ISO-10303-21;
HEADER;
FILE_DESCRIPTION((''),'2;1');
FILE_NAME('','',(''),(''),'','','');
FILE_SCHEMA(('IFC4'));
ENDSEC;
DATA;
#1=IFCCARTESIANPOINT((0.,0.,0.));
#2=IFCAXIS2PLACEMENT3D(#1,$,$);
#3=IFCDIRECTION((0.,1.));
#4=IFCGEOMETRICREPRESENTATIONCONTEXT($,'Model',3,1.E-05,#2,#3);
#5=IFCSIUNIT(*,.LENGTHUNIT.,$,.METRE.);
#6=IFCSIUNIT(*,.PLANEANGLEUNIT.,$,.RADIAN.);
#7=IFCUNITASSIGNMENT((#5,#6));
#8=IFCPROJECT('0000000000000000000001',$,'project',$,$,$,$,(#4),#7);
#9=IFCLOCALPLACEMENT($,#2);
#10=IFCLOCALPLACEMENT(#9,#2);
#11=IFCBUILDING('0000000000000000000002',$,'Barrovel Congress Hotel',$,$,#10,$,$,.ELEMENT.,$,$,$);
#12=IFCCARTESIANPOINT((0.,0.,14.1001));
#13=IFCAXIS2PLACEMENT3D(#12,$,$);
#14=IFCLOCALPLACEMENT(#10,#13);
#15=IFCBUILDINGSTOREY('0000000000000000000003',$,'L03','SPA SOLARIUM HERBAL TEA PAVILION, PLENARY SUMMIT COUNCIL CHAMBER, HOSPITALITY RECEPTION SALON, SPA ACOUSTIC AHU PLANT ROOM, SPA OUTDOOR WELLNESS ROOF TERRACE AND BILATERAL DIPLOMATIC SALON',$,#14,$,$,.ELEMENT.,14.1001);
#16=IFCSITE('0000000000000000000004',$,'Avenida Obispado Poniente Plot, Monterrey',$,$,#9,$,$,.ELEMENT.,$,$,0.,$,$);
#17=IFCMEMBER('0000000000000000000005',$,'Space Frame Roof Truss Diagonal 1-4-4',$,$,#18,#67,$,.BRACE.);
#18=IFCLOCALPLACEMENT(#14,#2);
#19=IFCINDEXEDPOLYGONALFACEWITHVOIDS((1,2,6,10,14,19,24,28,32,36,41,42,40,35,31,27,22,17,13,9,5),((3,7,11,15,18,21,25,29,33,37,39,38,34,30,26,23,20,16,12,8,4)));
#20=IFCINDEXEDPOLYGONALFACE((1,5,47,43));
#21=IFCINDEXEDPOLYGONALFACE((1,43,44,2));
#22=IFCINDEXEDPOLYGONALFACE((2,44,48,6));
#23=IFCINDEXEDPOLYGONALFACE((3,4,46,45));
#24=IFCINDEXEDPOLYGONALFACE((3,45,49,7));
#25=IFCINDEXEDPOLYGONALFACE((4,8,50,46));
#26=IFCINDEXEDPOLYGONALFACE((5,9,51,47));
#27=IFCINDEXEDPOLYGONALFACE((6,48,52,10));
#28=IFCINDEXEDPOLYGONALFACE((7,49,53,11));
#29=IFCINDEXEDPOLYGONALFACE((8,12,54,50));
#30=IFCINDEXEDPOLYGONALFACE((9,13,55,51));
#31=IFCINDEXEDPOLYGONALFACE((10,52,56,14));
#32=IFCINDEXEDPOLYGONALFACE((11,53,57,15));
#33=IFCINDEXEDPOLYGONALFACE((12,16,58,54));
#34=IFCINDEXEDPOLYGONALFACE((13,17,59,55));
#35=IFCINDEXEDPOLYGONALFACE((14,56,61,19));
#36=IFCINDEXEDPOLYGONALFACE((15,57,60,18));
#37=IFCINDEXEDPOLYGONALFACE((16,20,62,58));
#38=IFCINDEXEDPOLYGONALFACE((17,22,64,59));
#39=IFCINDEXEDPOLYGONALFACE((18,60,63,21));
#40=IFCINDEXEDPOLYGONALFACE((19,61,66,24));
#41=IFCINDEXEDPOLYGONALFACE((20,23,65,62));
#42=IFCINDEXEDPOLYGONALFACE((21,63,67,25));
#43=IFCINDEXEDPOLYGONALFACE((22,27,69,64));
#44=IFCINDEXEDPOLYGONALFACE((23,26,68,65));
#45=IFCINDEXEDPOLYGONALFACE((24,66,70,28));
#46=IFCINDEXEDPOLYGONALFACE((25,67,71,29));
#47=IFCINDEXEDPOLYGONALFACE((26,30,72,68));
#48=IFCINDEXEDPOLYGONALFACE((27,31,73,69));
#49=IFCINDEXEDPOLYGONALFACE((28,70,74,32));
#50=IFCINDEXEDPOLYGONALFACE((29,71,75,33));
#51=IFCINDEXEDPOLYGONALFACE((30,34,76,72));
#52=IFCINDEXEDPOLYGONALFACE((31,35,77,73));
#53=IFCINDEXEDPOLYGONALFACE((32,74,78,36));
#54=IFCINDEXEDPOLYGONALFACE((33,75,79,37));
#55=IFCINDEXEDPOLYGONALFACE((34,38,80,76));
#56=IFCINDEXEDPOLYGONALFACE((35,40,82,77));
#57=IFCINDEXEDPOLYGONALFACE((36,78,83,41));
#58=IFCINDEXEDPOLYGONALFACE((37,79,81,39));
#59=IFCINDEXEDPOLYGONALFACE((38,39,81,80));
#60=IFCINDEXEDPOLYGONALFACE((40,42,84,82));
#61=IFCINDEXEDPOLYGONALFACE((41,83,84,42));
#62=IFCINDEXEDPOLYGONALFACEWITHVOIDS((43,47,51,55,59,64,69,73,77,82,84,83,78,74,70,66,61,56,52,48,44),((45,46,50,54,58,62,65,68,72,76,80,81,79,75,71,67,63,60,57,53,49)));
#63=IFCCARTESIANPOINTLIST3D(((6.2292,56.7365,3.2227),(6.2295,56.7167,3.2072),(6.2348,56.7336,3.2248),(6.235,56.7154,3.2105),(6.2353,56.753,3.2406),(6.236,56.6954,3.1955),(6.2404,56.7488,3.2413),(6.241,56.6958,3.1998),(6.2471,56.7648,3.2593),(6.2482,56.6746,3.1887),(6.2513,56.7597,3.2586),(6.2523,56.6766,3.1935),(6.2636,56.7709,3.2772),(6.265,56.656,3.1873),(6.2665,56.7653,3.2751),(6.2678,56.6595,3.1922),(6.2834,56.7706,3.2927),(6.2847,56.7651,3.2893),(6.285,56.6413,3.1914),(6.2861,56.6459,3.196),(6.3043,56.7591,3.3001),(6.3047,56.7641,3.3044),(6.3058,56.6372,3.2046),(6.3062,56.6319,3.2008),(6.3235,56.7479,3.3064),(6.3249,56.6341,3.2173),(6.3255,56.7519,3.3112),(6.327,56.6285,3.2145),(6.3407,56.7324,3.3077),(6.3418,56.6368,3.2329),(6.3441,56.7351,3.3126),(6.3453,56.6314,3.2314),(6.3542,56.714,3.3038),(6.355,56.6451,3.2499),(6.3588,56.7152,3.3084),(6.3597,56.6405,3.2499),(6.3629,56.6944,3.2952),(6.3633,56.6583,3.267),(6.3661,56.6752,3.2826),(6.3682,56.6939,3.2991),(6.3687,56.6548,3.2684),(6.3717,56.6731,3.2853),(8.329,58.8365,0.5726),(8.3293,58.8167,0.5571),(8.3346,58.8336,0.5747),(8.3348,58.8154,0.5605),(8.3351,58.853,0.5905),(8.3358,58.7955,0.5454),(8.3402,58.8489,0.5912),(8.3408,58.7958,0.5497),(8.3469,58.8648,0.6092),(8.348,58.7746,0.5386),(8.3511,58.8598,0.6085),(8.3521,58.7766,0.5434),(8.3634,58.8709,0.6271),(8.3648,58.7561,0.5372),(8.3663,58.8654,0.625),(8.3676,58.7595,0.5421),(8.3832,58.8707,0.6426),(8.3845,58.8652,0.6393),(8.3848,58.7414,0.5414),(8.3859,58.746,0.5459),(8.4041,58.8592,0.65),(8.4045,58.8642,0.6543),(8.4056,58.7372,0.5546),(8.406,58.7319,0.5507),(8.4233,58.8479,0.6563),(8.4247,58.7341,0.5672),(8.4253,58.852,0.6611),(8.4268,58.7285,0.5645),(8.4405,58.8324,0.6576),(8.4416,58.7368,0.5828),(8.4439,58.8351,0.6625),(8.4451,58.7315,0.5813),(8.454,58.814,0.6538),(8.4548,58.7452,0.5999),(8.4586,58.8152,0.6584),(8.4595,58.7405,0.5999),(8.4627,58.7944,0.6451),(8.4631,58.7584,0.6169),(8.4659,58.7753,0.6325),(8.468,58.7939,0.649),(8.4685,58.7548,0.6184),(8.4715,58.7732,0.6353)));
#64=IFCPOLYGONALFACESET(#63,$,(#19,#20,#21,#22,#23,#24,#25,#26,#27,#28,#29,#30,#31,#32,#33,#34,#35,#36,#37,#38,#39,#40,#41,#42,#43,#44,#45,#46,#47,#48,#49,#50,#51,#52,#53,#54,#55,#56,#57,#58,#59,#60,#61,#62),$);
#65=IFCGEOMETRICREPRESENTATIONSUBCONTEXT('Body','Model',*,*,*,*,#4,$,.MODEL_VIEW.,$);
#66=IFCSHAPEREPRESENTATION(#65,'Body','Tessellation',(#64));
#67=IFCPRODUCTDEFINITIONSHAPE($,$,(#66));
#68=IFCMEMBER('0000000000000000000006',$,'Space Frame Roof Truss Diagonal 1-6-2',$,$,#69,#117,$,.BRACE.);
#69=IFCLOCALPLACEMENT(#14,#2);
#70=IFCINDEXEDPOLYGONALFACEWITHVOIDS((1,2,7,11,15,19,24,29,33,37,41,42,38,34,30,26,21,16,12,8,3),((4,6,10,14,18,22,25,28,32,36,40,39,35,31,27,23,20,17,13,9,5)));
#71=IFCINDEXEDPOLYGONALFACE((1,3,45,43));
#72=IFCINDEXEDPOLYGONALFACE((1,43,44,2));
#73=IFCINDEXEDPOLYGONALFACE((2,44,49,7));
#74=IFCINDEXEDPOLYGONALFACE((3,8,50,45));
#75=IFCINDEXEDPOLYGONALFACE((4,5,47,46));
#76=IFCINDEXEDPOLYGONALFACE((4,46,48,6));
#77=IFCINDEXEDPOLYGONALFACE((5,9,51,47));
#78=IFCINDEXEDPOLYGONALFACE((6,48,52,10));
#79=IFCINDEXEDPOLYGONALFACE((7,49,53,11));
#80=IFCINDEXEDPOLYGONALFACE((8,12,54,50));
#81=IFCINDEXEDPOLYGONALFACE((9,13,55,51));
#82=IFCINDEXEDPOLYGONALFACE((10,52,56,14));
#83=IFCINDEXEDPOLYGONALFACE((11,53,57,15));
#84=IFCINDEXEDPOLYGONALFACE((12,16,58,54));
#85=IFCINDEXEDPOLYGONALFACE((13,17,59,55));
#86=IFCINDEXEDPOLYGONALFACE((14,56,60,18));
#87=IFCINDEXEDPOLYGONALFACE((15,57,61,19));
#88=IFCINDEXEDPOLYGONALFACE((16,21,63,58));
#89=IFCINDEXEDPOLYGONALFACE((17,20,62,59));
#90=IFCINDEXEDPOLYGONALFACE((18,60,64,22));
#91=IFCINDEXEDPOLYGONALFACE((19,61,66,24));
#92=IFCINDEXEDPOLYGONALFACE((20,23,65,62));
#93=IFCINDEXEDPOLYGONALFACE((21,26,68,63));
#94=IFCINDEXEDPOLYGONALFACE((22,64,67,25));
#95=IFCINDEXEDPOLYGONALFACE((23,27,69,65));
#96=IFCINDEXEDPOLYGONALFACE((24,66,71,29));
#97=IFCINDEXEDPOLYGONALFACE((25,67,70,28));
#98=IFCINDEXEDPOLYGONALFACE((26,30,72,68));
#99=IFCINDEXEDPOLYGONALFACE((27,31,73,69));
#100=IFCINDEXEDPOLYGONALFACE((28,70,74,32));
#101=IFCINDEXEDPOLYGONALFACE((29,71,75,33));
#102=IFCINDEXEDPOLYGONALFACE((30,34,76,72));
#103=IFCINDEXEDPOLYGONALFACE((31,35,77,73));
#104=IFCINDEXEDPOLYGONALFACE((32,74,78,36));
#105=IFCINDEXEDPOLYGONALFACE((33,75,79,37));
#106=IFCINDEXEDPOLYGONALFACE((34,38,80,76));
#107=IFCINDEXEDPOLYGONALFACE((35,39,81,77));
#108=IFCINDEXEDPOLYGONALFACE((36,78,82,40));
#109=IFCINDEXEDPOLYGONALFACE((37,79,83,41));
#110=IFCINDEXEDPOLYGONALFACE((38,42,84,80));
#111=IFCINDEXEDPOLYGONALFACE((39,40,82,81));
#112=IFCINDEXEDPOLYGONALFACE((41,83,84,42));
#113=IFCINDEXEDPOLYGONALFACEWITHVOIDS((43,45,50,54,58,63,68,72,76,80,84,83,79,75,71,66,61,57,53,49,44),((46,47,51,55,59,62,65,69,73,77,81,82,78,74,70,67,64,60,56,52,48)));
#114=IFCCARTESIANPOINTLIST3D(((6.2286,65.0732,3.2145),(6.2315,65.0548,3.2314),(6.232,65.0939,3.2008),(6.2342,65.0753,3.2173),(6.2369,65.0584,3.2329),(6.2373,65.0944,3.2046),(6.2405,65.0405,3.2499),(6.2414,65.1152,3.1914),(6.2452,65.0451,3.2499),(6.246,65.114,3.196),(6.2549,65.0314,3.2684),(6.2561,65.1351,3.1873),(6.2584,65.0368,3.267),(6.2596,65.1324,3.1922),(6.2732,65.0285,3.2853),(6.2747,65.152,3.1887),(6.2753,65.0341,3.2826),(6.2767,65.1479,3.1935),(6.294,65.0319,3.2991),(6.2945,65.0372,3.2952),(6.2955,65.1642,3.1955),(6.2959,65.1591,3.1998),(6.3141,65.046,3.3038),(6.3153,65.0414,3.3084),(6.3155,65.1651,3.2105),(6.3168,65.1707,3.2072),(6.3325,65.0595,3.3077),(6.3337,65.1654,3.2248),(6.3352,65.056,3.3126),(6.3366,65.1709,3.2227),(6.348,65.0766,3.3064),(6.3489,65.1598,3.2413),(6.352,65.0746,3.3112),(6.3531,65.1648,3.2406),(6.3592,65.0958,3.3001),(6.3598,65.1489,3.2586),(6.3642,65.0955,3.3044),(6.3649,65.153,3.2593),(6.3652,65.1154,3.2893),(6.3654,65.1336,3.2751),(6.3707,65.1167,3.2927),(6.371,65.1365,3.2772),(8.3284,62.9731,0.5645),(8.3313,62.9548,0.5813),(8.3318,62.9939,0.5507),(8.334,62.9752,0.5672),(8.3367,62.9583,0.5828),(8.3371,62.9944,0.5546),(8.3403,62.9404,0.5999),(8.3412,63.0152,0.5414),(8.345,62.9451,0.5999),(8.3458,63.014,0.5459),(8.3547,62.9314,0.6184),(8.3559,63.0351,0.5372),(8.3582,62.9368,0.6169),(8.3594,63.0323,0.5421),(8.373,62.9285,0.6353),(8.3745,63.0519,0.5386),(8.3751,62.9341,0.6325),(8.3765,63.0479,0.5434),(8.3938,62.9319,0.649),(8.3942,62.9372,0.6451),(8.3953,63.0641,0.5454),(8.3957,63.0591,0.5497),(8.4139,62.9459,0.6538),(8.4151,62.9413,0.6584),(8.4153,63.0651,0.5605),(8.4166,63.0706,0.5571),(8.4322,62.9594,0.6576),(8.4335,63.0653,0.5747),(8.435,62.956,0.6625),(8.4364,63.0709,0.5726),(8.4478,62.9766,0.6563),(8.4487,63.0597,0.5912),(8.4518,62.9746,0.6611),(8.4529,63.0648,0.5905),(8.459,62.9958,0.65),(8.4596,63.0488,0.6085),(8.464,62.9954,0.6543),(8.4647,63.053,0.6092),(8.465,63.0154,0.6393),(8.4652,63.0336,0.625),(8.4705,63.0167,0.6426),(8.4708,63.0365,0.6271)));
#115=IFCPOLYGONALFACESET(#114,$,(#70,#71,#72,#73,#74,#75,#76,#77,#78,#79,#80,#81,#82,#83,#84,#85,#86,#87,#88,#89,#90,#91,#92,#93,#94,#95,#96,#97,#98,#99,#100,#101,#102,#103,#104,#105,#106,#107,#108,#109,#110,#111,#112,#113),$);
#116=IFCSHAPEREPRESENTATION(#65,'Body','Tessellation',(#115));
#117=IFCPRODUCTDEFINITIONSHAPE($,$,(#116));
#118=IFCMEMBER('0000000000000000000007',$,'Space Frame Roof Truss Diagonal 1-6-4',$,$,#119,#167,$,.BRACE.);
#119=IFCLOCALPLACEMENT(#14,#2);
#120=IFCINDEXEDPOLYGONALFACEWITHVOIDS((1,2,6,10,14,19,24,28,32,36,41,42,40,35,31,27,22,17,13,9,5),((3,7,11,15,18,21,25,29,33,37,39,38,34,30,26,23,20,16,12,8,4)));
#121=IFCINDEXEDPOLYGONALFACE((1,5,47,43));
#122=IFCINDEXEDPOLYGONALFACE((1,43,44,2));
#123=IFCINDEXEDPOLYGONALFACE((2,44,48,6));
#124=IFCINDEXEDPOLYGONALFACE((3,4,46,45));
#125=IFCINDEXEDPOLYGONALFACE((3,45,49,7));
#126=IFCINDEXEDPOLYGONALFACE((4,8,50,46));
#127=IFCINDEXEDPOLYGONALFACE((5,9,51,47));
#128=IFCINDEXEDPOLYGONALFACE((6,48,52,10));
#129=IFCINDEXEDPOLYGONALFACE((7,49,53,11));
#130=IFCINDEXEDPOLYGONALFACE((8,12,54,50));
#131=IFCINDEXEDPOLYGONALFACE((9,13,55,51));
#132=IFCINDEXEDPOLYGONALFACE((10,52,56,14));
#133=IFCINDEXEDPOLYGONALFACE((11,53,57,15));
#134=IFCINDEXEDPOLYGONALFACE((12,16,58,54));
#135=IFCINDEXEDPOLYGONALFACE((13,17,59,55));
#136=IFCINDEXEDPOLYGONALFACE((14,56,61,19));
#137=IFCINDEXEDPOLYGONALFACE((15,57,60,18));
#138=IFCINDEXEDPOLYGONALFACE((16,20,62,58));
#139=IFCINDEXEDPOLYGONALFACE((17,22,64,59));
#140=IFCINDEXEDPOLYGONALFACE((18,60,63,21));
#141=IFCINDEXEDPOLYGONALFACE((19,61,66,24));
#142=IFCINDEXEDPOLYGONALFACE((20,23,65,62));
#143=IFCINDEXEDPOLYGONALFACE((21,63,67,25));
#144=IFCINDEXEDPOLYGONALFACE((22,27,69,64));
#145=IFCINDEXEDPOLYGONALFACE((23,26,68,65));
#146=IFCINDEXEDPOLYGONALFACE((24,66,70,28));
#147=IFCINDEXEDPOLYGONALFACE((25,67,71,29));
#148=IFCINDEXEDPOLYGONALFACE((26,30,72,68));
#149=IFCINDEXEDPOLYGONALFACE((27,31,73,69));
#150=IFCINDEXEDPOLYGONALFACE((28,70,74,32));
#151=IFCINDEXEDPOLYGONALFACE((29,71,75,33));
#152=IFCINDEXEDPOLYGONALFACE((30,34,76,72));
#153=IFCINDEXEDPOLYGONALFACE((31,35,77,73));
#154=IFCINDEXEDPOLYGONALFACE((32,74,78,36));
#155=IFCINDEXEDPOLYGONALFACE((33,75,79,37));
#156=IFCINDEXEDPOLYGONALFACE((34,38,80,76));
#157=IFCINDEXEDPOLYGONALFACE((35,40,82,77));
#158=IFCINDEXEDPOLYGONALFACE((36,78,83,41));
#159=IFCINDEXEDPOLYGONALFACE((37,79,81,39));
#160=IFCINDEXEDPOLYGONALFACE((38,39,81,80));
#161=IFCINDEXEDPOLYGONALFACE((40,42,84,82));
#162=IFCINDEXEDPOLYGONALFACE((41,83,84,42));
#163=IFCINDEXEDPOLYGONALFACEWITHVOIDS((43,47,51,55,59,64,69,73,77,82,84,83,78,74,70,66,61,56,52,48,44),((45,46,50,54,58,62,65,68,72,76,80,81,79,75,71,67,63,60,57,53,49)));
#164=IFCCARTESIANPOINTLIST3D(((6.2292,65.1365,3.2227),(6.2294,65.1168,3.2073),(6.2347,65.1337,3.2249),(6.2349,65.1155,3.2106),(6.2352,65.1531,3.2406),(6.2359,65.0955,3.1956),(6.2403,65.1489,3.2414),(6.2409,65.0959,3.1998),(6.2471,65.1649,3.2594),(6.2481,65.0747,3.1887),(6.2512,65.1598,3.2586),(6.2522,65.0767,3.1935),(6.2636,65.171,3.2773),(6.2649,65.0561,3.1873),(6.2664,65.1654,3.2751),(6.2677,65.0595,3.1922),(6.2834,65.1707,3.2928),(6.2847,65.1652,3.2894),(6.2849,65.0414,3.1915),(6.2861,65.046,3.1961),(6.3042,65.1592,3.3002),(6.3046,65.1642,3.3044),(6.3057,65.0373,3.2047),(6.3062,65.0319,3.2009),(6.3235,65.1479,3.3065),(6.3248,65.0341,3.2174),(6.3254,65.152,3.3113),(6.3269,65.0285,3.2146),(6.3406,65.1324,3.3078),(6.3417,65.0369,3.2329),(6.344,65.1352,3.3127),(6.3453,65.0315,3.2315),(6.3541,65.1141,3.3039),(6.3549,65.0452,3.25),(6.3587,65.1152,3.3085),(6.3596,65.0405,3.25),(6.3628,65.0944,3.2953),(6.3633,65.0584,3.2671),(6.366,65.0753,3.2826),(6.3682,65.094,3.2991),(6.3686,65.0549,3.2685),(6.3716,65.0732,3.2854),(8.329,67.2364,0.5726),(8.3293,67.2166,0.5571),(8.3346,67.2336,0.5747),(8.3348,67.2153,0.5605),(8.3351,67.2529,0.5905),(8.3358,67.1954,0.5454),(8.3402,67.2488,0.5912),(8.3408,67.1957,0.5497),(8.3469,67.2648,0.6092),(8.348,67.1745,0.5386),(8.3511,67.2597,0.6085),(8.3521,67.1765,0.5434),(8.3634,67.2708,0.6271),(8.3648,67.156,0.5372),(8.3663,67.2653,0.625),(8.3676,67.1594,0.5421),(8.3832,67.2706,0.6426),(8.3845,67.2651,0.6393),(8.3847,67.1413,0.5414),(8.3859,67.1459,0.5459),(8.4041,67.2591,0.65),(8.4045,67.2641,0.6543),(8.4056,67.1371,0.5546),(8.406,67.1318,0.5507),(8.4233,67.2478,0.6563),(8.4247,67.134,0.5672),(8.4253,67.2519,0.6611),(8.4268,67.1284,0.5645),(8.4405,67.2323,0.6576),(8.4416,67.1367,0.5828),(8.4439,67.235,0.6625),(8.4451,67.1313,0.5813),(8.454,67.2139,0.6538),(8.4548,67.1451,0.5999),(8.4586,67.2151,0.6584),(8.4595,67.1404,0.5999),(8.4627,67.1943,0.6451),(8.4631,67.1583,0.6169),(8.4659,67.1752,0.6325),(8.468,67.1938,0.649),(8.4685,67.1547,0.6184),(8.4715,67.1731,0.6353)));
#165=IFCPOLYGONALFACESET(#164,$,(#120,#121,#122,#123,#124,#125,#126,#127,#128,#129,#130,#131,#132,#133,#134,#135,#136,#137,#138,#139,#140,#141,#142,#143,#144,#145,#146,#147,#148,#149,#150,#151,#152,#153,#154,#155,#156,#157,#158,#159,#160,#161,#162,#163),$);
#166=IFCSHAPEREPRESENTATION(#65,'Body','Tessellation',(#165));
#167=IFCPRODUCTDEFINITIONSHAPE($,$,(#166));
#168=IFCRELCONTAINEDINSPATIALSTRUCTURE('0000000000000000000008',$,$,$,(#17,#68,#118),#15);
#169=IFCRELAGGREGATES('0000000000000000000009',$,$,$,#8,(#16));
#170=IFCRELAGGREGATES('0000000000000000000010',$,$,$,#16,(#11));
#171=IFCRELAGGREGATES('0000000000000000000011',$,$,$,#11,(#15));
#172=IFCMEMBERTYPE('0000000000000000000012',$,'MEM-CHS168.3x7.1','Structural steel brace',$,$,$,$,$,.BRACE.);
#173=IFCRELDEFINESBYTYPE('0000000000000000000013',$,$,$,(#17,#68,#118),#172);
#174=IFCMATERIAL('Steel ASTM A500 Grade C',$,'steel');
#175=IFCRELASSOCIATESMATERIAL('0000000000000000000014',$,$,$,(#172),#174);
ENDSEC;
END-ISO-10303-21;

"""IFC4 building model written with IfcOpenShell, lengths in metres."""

from ifc_helpers import new_model, si_unit, direction, frame, origin, origin_2d, place, context, subcontext, project, spatial, hollow_circle, extrude, material, material_profile, profile_set, type_object, element, save


model = new_model("IFC4")

# Units and contexts
model_context = context("Model", 3, precision=1e-05, world=origin(), true_north=direction((0.0, 1.0)))
body_context = subcontext(model_context, "Body", "Model", "MODEL_VIEW")
ifc_project = project(units=[si_unit("LENGTHUNIT", "METRE"), si_unit("PLANEANGLEUNIT", "RADIAN")], contexts=[model_context])

# Site, building, storey
site_placement = place(None, origin())
site = spatial("IfcSite", under=ifc_project, at=site_placement, Name="Avenida Obispado Poniente Plot, Monterrey", CompositionType="ELEMENT", RefElevation=0.0)
building_placement = place(site_placement, origin())
building = spatial("IfcBuilding", under=site, at=building_placement, Name="Barrovel Congress Hotel", CompositionType="ELEMENT")
storey_placement = place(building_placement, frame((0.0, 0.0, 14.1001)))
storey = spatial("IfcBuildingStorey", under=building, at=storey_placement, Name="L03", Description="SPA SOLARIUM HERBAL TEA PAVILION, PLENARY SUMMIT COUNCIL CHAMBER, HOSPITALITY RECEPTION SALON, SPA ACOUSTIC AHU PLANT ROOM, SPA OUTDOOR WELLNESS ROOF TERRACE AND BILATERAL DIPLOMATIC SALON", CompositionType="ELEMENT", Elevation=14.1001)

# Members
ifc_material_1 = material(Name="Steel ASTM A500 Grade C", Category="steel")
ifc_material_profile_1 = material_profile(ifc_material_1, hollow_circle(Radius=0.0842, WallThickness=0.0066, at=origin_2d()), Name="CHS168.3x7.1")
ifc_profile_set_1 = profile_set([ifc_material_profile_1], Name="Steel ASTM A500 Grade C")
member_type_1 = type_object("IfcMemberType", Name="MEM-CHS168.3x7.1", Description="Structural steel brace", PredefinedType="BRACE", material=ifc_profile_set_1)
for number, where, z_axis, x_axis, name in (
    (1, (8.3999, 58.8, 0.5999), (-0.527557, -0.527618, 0.66581), (0.707148, -0.707066, 0.0), "Space Frame Roof Truss Diagonal 1-4-4"),
    (2, (8.3999, 63.0, 0.5999), (-0.527557, 0.527618, 0.66581), (-0.707148, -0.707066, 0.0), "Space Frame Roof Truss Diagonal 1-6-2"),
    (3, (8.3999, 67.2, 0.5999), (-0.527574, -0.527574, 0.665831), (0.707107, -0.707107, 0.0), "Space Frame Roof Truss Diagonal 1-6-4"),
):
    element("IfcMember", number, at=place(storey_placement, frame(where, z_axis=z_axis, x_axis=x_axis)), inside=storey, type_object=member_type_1, Name=name, PredefinedType="BRACE", context=body_context, shape_type="SweptSolid", body=[
        extrude(hollow_circle(Radius=0.0842, WallThickness=0.0066, at=origin_2d()), origin(), (0.0, 0.0, 1.0), 3.9802),
    ])

save(model, "model.ifc")
